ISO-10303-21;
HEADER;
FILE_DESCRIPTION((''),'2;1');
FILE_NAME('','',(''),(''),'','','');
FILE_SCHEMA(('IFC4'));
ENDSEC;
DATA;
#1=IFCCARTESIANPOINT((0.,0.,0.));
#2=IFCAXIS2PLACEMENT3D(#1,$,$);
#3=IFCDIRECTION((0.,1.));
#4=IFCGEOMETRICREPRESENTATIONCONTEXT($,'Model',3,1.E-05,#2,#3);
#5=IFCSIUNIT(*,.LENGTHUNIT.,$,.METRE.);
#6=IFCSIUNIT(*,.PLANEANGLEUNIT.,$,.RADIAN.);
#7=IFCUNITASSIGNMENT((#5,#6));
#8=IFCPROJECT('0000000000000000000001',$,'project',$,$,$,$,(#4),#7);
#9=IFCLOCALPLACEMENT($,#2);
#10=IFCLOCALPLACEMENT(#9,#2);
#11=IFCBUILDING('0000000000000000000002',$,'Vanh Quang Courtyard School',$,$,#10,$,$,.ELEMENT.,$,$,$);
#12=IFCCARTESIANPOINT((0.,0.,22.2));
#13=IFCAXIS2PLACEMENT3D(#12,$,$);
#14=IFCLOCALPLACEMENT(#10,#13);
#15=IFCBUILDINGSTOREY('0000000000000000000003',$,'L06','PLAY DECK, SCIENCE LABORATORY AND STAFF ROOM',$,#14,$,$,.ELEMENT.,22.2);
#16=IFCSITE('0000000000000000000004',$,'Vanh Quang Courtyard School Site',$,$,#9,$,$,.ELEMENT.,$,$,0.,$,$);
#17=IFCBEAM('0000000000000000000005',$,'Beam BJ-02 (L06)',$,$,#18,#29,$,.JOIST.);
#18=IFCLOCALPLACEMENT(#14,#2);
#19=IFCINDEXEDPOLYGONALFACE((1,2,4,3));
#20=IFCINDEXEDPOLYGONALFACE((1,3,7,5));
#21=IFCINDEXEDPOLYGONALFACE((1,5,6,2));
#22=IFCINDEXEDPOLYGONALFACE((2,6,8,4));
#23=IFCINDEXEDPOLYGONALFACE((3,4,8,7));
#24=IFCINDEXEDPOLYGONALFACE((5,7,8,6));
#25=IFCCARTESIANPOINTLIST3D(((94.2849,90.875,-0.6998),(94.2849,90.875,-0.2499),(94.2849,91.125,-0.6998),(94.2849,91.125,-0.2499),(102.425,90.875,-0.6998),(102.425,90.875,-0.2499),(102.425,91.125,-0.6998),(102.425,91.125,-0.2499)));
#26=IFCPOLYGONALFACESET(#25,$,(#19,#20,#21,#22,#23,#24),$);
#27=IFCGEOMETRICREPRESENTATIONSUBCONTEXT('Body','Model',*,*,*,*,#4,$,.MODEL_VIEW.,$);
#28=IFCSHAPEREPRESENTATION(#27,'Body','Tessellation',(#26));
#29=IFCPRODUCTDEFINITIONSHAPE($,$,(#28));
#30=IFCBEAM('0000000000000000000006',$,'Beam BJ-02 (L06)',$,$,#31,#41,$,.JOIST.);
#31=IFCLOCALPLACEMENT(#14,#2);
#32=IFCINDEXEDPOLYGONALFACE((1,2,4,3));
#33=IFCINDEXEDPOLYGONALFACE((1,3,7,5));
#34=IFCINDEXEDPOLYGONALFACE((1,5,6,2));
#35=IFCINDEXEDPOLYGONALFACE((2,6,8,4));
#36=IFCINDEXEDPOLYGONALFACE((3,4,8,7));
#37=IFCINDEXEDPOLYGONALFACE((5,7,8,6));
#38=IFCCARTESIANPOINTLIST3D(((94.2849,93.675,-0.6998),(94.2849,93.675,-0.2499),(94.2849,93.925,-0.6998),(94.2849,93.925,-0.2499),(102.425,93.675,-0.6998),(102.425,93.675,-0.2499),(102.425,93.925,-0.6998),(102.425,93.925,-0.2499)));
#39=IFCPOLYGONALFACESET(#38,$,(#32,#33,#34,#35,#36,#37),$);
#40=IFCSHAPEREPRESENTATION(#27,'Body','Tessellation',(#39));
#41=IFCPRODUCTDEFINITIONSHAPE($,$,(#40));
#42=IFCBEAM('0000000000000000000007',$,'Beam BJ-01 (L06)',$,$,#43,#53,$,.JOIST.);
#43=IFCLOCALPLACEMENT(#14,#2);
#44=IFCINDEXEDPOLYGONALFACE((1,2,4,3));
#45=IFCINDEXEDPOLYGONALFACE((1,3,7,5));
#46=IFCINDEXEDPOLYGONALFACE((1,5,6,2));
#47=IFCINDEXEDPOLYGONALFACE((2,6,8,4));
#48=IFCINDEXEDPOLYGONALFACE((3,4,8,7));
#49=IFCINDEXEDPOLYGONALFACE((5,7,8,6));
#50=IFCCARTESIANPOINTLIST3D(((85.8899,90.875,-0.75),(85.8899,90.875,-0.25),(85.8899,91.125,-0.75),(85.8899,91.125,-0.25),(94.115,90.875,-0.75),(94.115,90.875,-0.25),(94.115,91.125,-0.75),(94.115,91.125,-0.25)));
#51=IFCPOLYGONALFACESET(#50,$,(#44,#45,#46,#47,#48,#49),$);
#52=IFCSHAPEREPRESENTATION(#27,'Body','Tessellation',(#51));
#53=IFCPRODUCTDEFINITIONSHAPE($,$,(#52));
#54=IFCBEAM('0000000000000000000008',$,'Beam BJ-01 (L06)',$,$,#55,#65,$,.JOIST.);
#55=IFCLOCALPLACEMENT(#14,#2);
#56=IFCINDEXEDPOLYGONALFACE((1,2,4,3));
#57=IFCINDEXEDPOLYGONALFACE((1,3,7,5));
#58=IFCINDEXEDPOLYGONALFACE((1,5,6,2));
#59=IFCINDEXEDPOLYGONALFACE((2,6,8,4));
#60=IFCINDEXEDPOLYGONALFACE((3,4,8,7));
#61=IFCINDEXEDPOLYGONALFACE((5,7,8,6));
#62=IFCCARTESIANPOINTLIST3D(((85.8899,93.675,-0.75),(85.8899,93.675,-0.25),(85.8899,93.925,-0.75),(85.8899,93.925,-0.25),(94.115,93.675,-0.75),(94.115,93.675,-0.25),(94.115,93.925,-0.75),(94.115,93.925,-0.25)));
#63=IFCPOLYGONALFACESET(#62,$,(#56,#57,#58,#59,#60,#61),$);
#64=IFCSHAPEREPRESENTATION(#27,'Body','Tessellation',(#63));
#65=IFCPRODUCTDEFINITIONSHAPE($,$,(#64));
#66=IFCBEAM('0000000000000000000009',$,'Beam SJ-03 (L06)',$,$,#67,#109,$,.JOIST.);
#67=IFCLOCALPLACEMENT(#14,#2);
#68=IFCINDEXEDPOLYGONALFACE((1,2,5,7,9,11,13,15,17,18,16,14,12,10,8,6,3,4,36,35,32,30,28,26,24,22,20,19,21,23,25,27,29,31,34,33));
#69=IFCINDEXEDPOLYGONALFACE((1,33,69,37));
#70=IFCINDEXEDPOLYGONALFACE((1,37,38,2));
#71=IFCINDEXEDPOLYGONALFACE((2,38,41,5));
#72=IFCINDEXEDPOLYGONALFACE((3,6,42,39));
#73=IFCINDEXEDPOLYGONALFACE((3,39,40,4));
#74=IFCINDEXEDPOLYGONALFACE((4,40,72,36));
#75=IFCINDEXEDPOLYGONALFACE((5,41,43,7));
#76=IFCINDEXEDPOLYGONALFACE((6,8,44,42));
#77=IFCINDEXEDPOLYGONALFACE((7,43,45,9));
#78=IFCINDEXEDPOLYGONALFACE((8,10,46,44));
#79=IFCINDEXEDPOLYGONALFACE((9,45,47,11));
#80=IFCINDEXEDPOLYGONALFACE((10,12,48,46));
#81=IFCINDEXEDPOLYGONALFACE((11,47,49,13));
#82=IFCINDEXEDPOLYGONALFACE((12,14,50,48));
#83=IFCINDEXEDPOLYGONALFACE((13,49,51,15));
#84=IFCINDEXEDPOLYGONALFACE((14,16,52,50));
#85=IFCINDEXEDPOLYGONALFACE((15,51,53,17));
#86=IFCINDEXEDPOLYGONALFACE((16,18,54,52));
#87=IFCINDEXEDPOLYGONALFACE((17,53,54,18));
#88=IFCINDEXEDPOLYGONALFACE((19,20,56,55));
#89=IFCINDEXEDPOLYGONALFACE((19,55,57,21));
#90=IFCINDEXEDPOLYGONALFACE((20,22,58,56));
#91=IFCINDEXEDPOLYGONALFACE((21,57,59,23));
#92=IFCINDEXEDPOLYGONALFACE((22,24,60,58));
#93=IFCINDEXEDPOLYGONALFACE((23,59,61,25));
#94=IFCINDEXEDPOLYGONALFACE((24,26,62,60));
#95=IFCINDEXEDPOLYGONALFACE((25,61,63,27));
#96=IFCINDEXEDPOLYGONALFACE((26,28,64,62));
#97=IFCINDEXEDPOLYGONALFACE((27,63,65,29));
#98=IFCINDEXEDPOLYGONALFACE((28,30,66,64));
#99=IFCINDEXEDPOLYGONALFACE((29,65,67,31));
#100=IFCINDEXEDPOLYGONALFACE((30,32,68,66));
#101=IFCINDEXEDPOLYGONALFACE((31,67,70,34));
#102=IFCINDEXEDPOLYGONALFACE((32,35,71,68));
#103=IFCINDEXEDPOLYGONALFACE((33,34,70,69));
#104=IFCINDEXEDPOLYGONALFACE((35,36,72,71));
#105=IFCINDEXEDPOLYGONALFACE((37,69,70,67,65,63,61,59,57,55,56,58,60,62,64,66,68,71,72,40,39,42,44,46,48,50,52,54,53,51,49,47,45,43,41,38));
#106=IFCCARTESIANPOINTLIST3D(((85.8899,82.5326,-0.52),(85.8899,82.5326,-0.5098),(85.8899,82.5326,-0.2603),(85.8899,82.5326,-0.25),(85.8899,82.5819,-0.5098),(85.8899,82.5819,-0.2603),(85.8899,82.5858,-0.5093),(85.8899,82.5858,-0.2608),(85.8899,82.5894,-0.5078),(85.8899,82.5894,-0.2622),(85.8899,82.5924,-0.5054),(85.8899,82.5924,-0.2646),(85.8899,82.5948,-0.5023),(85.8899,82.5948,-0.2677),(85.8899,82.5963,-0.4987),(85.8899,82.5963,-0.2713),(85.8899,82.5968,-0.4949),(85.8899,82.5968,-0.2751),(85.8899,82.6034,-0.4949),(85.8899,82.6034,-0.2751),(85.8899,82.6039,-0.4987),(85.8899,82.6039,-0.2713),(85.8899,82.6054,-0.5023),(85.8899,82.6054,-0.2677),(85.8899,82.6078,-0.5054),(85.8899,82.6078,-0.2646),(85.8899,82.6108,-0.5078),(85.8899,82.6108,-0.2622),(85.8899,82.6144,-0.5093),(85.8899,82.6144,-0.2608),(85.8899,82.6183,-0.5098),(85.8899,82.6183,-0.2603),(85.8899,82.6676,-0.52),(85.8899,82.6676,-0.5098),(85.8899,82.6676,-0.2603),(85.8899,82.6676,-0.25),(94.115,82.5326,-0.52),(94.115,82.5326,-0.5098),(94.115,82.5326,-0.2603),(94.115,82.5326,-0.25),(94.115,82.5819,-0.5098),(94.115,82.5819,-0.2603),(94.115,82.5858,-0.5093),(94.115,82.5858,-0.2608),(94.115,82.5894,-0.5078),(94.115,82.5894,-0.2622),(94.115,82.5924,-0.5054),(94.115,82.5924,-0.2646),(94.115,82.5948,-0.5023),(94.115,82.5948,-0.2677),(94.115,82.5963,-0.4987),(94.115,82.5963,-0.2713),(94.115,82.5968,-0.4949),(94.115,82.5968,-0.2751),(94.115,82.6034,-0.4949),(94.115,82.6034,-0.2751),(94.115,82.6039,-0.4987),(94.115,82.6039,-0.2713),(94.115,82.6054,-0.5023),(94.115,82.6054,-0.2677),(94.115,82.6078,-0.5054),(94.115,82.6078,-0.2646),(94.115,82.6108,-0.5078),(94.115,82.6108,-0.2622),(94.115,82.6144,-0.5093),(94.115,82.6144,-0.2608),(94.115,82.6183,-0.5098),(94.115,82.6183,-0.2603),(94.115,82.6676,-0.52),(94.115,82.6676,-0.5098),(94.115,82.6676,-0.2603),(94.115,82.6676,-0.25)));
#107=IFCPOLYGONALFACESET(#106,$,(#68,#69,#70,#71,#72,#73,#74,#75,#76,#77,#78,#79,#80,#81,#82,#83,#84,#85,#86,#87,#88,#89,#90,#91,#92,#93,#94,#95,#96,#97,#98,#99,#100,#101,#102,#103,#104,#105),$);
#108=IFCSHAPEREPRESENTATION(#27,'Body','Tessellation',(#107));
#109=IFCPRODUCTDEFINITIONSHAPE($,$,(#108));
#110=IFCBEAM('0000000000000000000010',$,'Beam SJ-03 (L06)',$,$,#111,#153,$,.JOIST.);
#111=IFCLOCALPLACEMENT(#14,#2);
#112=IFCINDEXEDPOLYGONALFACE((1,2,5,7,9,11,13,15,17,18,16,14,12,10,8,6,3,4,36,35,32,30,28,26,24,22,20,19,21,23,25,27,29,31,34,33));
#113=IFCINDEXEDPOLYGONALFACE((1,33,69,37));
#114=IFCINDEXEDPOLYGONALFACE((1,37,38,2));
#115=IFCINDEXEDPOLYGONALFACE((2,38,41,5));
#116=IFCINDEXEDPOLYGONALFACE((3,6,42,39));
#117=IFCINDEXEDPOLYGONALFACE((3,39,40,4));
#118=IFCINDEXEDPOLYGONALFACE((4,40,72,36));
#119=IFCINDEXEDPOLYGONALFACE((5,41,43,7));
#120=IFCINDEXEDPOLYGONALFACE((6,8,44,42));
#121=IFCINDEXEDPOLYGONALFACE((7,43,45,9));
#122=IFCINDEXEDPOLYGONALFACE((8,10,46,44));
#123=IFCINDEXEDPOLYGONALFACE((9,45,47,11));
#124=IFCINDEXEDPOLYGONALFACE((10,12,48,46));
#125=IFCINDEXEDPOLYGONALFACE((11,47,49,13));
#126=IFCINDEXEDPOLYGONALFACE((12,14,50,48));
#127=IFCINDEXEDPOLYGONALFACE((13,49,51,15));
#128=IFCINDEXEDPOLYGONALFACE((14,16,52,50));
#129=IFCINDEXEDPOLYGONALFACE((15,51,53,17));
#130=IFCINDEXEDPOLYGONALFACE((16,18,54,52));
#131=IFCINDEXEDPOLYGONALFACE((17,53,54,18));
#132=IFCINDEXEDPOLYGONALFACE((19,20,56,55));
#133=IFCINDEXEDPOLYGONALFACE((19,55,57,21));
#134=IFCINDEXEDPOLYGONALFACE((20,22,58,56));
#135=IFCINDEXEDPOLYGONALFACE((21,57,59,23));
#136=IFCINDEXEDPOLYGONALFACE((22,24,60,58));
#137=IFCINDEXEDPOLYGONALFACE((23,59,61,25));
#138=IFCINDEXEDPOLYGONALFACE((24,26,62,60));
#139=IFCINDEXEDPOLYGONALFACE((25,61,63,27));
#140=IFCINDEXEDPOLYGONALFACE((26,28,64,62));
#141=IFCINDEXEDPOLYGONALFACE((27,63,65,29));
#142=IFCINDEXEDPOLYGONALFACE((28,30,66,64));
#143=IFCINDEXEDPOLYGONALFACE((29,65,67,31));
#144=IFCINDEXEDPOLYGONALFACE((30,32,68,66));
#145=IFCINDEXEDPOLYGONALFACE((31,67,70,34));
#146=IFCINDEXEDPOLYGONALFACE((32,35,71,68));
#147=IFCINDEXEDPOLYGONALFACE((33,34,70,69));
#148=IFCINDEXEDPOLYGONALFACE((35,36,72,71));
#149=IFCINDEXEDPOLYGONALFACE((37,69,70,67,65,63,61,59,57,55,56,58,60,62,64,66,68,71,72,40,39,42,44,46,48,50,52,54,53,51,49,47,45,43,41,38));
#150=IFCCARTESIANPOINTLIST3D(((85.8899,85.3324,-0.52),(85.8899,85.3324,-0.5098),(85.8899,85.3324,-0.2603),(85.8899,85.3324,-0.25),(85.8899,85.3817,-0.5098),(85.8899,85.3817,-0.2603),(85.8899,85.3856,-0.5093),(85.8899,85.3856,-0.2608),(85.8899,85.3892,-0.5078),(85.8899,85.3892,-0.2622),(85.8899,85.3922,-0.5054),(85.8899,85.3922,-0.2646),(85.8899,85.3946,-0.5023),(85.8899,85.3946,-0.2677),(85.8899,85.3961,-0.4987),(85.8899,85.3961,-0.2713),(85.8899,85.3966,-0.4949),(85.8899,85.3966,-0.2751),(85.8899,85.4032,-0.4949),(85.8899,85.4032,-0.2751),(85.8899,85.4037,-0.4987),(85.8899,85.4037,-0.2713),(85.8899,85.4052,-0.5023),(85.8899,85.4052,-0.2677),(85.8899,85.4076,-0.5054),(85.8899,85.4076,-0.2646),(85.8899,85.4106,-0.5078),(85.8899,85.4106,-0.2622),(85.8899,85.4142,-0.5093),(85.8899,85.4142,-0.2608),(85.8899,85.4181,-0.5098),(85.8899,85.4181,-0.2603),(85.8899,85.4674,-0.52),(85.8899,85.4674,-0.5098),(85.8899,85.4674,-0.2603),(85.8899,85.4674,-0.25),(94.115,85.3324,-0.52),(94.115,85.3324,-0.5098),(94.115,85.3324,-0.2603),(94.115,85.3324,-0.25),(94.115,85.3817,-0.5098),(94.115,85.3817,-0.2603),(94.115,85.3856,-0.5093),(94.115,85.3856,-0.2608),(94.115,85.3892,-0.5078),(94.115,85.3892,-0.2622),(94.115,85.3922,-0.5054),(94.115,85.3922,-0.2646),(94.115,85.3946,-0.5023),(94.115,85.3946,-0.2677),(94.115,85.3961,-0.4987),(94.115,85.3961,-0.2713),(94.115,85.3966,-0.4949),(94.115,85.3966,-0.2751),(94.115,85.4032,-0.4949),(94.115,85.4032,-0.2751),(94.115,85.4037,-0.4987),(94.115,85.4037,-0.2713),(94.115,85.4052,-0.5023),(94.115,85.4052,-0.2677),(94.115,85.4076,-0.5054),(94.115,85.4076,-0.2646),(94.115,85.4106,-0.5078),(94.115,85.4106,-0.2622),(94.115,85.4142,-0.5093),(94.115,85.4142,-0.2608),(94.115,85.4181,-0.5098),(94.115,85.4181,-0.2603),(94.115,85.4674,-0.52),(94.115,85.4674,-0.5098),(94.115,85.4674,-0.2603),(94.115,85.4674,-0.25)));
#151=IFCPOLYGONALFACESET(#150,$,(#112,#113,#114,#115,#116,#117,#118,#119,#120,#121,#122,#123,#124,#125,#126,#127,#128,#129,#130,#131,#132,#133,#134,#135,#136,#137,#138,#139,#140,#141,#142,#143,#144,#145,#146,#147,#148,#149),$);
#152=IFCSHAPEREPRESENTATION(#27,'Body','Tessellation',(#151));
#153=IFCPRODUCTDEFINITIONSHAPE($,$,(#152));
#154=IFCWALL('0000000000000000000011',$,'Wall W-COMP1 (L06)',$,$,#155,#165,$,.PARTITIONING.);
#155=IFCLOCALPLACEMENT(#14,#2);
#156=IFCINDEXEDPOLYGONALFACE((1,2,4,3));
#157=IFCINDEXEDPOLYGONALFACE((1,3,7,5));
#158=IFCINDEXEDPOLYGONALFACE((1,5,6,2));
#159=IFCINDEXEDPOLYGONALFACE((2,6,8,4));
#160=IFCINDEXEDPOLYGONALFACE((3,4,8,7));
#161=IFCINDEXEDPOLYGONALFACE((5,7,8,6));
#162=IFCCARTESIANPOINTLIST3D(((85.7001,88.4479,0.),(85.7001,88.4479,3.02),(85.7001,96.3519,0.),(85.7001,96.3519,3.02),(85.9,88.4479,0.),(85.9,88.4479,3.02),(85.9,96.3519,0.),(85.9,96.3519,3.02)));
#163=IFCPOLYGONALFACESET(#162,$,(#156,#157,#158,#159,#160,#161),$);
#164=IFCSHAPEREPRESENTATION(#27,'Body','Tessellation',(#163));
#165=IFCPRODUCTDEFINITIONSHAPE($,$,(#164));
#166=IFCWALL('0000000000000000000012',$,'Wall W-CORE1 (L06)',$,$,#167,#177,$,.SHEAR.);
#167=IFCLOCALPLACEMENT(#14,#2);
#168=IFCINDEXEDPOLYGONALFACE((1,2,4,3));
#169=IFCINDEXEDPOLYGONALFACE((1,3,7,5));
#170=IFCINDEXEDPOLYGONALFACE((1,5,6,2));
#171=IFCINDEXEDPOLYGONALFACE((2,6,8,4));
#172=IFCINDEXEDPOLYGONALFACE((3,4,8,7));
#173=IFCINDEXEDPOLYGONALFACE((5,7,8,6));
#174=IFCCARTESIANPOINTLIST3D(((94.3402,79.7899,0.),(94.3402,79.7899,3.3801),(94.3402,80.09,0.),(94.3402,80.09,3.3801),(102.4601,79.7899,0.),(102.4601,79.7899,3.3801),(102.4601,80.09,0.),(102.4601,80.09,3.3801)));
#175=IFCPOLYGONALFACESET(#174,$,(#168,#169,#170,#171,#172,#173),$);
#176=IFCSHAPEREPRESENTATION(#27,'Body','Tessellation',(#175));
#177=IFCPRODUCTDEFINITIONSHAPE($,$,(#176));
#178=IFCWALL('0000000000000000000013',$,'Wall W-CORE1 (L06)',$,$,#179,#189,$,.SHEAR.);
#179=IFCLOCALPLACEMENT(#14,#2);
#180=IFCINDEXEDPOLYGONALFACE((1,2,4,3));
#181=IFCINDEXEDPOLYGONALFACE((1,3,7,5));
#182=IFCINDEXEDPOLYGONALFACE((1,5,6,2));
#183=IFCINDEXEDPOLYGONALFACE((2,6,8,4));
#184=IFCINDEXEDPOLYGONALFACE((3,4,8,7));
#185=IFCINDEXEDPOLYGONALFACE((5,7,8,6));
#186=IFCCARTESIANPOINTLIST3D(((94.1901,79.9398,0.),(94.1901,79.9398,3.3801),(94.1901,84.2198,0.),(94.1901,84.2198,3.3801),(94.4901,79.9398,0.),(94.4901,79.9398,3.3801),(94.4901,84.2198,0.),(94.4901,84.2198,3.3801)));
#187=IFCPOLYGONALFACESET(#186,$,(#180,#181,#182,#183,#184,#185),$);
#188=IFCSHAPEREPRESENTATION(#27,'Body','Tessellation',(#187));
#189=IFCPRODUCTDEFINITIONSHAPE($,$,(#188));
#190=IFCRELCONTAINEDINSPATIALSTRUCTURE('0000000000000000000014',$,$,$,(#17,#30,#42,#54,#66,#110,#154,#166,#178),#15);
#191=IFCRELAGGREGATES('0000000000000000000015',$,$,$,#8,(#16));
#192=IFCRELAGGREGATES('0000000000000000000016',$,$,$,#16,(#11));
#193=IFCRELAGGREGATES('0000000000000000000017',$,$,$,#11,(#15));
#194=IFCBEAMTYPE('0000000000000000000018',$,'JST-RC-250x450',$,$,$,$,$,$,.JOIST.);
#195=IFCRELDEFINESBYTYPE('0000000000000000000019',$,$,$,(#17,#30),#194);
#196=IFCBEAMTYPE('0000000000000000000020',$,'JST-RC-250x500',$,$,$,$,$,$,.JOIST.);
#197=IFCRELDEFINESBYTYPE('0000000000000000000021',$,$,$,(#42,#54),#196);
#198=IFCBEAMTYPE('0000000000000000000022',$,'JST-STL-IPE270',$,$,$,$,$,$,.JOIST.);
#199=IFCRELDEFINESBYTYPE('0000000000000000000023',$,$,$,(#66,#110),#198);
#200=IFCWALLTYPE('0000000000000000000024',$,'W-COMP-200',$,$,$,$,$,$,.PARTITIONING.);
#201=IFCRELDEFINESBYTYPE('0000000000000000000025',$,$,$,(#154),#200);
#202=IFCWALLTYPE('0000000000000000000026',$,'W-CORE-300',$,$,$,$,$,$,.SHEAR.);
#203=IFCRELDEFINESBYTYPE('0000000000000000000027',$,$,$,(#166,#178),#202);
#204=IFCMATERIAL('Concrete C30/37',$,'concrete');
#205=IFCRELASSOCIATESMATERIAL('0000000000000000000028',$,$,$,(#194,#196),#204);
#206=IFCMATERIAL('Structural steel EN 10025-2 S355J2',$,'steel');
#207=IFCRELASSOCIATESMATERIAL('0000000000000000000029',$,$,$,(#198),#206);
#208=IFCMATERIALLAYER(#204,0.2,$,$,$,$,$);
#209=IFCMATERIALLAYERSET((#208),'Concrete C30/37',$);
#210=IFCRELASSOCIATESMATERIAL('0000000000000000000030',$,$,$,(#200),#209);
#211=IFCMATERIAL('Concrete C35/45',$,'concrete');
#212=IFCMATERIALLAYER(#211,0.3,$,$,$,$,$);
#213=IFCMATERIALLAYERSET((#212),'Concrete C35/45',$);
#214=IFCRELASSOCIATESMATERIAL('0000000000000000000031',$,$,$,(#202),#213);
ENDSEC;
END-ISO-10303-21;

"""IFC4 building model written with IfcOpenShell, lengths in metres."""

from ifc_helpers import new_model, si_unit, direction, frame, frame_2d, origin, origin_2d, place, context, subcontext, project, spatial, rectangle, i_section, extrude, material, layer, layer_set, material_profile, profile_set, type_object, element, save


model = new_model("IFC4")

# Units and contexts
model_context = context("Model", 3, precision=1e-05, world=origin(), true_north=direction((0.0, 1.0)))
body_context = subcontext(model_context, "Body", "Model", "MODEL_VIEW")
ifc_project = project(units=[si_unit("LENGTHUNIT", "METRE"), si_unit("PLANEANGLEUNIT", "RADIAN")], contexts=[model_context])

# Site, building, storey
site_placement = place(None, origin())
site = spatial("IfcSite", under=ifc_project, at=site_placement, Name="Vanh Quang Courtyard School Site", CompositionType="ELEMENT", RefElevation=0.0)
building_placement = place(site_placement, origin())
building = spatial("IfcBuilding", under=site, at=building_placement, Name="Vanh Quang Courtyard School", CompositionType="ELEMENT")
storey_placement = place(building_placement, frame((0.0, 0.0, 22.2)))
storey = spatial("IfcBuildingStorey", under=building, at=storey_placement, Name="L06", Description="PLAY DECK, SCIENCE LABORATORY AND STAFF ROOM", CompositionType="ELEMENT", Elevation=22.2)

# Shared definitions
ifc_material_1 = material(Name="Concrete C35/45", Category="concrete")

# Beams
ifc_material_2 = material(Name="Structural steel EN 10025-2 S355J2", Category="steel")
ifc_material_3 = material(Name="Concrete C30/37", Category="concrete")
ifc_material_profile_1 = material_profile(ifc_material_3, rectangle(XDim=0.25, YDim=0.45, at=origin_2d()), Name="RC-JST 250x450")
ifc_profile_set_1 = profile_set([ifc_material_profile_1], Name="Concrete C30/37")
beam_type_1 = type_object("IfcBeamType", Name="JST-RC-250x450", PredefinedType="JOIST", material=ifc_profile_set_1)
for number, where, z_axis, x_axis, name in (
    (1, (94.2849, 91.0, -0.4749), (1.0, 0.0, 0.0), (0.0, 1.0, 0.0), "Beam BJ-02 (L06)"),
    (2, (94.2849, 93.8, -0.4749), (1.0, 0.0, 0.0), (0.0, 1.0, 0.0), "Beam BJ-02 (L06)"),
):
    element("IfcBeam", number, at=place(storey_placement, frame(where, z_axis=z_axis, x_axis=x_axis)), inside=storey, type_object=beam_type_1, Name=name, PredefinedType="JOIST", context=body_context, shape_type="SweptSolid", body=[
        extrude(rectangle(XDim=0.25, YDim=0.45, at=origin_2d()), origin(), (0.0, 0.0, 1.0), 8.1401),
    ])
ifc_material_profile_2 = material_profile(ifc_material_3, rectangle(XDim=0.25, YDim=0.5, at=origin_2d()), Name="RC-JST 250x500")
ifc_profile_set_2 = profile_set([ifc_material_profile_2], Name="Concrete C30/37")
beam_type_2 = type_object("IfcBeamType", Name="JST-RC-250x500", PredefinedType="JOIST", material=ifc_profile_set_2)
for number, where, z_axis, x_axis, name in (
    (3, (85.8899, 91.0, -0.5), (1.0, 0.0, 0.0), (0.0, 1.0, 0.0), "Beam BJ-01 (L06)"),
    (4, (85.8899, 93.8, -0.5), (1.0, 0.0, 0.0), (0.0, 1.0, 0.0), "Beam BJ-01 (L06)"),
):
    element("IfcBeam", number, at=place(storey_placement, frame(where, z_axis=z_axis, x_axis=x_axis)), inside=storey, type_object=beam_type_2, Name=name, PredefinedType="JOIST", context=body_context, shape_type="SweptSolid", body=[
        extrude(rectangle(XDim=0.25, YDim=0.5, at=origin_2d()), origin(), (0.0, 0.0, 1.0), 8.2251),
    ])
ifc_material_profile_3 = material_profile(ifc_material_2, i_section(OverallWidth=0.135, OverallDepth=0.27, WebThickness=0.0066, FlangeThickness=0.0103, FilletRadius=0.0149, at=origin_2d()), Name="IPE 270")
ifc_profile_set_3 = profile_set([ifc_material_profile_3], Name="Structural steel EN 10025-2 S355J2")
beam_type_3 = type_object("IfcBeamType", Name="JST-STL-IPE270", PredefinedType="JOIST", material=ifc_profile_set_3)
for number, where, z_axis, x_axis, name in (
    (5, (85.8899, 82.6001, -0.385), (1.0, 0.0, 0.0), (0.0, 1.0, 0.0), "Beam SJ-03 (L06)"),
    (6, (85.8899, 85.3999, -0.385), (1.0, 0.0, 0.0), (0.0, 1.0, 0.0), "Beam SJ-03 (L06)"),
):
    element("IfcBeam", number, at=place(storey_placement, frame(where, z_axis=z_axis, x_axis=x_axis)), inside=storey, type_object=beam_type_3, Name=name, PredefinedType="JOIST", context=body_context, shape_type="SweptSolid", body=[
        extrude(i_section(OverallWidth=0.135, OverallDepth=0.27, WebThickness=0.0066, FlangeThickness=0.0103, FilletRadius=0.0149, at=origin_2d()), origin(), (0.0, 0.0, 1.0), 8.2251),
    ])

# Walls
ifc_layer_1 = layer(ifc_material_3, 0.2)
ifc_layer_set_1 = layer_set([ifc_layer_1], Name="Concrete C30/37")
wall_type_1 = type_object("IfcWallType", Name="W-COMP-200", PredefinedType="PARTITIONING", material=ifc_layer_set_1)
wall_1_placement = place(storey_placement, frame((85.8, 96.3521, 0.0), z_axis=(0.0, 0.0, 1.0), x_axis=(0.0, -1.0, 0.0)))
element("IfcWall", 7, at=wall_1_placement, inside=storey, type_object=wall_type_1, Name="Wall W-COMP1 (L06)", PredefinedType="PARTITIONING", context=body_context, shape_type="SweptSolid", body=[
    extrude(rectangle(XDim=7.9041, YDim=0.2, at=frame_2d((3.9521, 0.0))), origin(), (0.0, 0.0, 1.0), 3.02),
])
ifc_layer_2 = layer(ifc_material_1, 0.3)
ifc_layer_set_2 = layer_set([ifc_layer_2], Name="Concrete C35/45")
wall_type_2 = type_object("IfcWallType", Name="W-CORE-300", PredefinedType="SHEAR", material=ifc_layer_set_2)
wall_2_placement = place(storey_placement, frame((94.3401, 79.9399, 0.0), z_axis=(0.0, 0.0, 1.0), x_axis=(1.0, 0.0, 0.0)))
element("IfcWall", 8, at=wall_2_placement, inside=storey, type_object=wall_type_2, Name="Wall W-CORE1 (L06)", PredefinedType="SHEAR", context=body_context, shape_type="SweptSolid", body=[
    extrude(rectangle(XDim=8.1199, YDim=0.3, at=frame_2d((4.0601, 0.0))), origin(), (0.0, 0.0, 1.0), 3.3801),
])
wall_3_placement = place(storey_placement, frame((94.3401, 84.22, 0.0), z_axis=(0.0, 0.0, 1.0), x_axis=(0.0, -1.0, 0.0)))
element("IfcWall", 9, at=wall_3_placement, inside=storey, type_object=wall_type_2, Name="Wall W-CORE1 (L06)", PredefinedType="SHEAR", context=body_context, shape_type="SweptSolid", body=[
    extrude(rectangle(XDim=4.28, YDim=0.3, at=frame_2d((2.1401, 0.0))), origin(), (0.0, 0.0, 1.0), 3.3801),
])

save(model, "model.ifc")
